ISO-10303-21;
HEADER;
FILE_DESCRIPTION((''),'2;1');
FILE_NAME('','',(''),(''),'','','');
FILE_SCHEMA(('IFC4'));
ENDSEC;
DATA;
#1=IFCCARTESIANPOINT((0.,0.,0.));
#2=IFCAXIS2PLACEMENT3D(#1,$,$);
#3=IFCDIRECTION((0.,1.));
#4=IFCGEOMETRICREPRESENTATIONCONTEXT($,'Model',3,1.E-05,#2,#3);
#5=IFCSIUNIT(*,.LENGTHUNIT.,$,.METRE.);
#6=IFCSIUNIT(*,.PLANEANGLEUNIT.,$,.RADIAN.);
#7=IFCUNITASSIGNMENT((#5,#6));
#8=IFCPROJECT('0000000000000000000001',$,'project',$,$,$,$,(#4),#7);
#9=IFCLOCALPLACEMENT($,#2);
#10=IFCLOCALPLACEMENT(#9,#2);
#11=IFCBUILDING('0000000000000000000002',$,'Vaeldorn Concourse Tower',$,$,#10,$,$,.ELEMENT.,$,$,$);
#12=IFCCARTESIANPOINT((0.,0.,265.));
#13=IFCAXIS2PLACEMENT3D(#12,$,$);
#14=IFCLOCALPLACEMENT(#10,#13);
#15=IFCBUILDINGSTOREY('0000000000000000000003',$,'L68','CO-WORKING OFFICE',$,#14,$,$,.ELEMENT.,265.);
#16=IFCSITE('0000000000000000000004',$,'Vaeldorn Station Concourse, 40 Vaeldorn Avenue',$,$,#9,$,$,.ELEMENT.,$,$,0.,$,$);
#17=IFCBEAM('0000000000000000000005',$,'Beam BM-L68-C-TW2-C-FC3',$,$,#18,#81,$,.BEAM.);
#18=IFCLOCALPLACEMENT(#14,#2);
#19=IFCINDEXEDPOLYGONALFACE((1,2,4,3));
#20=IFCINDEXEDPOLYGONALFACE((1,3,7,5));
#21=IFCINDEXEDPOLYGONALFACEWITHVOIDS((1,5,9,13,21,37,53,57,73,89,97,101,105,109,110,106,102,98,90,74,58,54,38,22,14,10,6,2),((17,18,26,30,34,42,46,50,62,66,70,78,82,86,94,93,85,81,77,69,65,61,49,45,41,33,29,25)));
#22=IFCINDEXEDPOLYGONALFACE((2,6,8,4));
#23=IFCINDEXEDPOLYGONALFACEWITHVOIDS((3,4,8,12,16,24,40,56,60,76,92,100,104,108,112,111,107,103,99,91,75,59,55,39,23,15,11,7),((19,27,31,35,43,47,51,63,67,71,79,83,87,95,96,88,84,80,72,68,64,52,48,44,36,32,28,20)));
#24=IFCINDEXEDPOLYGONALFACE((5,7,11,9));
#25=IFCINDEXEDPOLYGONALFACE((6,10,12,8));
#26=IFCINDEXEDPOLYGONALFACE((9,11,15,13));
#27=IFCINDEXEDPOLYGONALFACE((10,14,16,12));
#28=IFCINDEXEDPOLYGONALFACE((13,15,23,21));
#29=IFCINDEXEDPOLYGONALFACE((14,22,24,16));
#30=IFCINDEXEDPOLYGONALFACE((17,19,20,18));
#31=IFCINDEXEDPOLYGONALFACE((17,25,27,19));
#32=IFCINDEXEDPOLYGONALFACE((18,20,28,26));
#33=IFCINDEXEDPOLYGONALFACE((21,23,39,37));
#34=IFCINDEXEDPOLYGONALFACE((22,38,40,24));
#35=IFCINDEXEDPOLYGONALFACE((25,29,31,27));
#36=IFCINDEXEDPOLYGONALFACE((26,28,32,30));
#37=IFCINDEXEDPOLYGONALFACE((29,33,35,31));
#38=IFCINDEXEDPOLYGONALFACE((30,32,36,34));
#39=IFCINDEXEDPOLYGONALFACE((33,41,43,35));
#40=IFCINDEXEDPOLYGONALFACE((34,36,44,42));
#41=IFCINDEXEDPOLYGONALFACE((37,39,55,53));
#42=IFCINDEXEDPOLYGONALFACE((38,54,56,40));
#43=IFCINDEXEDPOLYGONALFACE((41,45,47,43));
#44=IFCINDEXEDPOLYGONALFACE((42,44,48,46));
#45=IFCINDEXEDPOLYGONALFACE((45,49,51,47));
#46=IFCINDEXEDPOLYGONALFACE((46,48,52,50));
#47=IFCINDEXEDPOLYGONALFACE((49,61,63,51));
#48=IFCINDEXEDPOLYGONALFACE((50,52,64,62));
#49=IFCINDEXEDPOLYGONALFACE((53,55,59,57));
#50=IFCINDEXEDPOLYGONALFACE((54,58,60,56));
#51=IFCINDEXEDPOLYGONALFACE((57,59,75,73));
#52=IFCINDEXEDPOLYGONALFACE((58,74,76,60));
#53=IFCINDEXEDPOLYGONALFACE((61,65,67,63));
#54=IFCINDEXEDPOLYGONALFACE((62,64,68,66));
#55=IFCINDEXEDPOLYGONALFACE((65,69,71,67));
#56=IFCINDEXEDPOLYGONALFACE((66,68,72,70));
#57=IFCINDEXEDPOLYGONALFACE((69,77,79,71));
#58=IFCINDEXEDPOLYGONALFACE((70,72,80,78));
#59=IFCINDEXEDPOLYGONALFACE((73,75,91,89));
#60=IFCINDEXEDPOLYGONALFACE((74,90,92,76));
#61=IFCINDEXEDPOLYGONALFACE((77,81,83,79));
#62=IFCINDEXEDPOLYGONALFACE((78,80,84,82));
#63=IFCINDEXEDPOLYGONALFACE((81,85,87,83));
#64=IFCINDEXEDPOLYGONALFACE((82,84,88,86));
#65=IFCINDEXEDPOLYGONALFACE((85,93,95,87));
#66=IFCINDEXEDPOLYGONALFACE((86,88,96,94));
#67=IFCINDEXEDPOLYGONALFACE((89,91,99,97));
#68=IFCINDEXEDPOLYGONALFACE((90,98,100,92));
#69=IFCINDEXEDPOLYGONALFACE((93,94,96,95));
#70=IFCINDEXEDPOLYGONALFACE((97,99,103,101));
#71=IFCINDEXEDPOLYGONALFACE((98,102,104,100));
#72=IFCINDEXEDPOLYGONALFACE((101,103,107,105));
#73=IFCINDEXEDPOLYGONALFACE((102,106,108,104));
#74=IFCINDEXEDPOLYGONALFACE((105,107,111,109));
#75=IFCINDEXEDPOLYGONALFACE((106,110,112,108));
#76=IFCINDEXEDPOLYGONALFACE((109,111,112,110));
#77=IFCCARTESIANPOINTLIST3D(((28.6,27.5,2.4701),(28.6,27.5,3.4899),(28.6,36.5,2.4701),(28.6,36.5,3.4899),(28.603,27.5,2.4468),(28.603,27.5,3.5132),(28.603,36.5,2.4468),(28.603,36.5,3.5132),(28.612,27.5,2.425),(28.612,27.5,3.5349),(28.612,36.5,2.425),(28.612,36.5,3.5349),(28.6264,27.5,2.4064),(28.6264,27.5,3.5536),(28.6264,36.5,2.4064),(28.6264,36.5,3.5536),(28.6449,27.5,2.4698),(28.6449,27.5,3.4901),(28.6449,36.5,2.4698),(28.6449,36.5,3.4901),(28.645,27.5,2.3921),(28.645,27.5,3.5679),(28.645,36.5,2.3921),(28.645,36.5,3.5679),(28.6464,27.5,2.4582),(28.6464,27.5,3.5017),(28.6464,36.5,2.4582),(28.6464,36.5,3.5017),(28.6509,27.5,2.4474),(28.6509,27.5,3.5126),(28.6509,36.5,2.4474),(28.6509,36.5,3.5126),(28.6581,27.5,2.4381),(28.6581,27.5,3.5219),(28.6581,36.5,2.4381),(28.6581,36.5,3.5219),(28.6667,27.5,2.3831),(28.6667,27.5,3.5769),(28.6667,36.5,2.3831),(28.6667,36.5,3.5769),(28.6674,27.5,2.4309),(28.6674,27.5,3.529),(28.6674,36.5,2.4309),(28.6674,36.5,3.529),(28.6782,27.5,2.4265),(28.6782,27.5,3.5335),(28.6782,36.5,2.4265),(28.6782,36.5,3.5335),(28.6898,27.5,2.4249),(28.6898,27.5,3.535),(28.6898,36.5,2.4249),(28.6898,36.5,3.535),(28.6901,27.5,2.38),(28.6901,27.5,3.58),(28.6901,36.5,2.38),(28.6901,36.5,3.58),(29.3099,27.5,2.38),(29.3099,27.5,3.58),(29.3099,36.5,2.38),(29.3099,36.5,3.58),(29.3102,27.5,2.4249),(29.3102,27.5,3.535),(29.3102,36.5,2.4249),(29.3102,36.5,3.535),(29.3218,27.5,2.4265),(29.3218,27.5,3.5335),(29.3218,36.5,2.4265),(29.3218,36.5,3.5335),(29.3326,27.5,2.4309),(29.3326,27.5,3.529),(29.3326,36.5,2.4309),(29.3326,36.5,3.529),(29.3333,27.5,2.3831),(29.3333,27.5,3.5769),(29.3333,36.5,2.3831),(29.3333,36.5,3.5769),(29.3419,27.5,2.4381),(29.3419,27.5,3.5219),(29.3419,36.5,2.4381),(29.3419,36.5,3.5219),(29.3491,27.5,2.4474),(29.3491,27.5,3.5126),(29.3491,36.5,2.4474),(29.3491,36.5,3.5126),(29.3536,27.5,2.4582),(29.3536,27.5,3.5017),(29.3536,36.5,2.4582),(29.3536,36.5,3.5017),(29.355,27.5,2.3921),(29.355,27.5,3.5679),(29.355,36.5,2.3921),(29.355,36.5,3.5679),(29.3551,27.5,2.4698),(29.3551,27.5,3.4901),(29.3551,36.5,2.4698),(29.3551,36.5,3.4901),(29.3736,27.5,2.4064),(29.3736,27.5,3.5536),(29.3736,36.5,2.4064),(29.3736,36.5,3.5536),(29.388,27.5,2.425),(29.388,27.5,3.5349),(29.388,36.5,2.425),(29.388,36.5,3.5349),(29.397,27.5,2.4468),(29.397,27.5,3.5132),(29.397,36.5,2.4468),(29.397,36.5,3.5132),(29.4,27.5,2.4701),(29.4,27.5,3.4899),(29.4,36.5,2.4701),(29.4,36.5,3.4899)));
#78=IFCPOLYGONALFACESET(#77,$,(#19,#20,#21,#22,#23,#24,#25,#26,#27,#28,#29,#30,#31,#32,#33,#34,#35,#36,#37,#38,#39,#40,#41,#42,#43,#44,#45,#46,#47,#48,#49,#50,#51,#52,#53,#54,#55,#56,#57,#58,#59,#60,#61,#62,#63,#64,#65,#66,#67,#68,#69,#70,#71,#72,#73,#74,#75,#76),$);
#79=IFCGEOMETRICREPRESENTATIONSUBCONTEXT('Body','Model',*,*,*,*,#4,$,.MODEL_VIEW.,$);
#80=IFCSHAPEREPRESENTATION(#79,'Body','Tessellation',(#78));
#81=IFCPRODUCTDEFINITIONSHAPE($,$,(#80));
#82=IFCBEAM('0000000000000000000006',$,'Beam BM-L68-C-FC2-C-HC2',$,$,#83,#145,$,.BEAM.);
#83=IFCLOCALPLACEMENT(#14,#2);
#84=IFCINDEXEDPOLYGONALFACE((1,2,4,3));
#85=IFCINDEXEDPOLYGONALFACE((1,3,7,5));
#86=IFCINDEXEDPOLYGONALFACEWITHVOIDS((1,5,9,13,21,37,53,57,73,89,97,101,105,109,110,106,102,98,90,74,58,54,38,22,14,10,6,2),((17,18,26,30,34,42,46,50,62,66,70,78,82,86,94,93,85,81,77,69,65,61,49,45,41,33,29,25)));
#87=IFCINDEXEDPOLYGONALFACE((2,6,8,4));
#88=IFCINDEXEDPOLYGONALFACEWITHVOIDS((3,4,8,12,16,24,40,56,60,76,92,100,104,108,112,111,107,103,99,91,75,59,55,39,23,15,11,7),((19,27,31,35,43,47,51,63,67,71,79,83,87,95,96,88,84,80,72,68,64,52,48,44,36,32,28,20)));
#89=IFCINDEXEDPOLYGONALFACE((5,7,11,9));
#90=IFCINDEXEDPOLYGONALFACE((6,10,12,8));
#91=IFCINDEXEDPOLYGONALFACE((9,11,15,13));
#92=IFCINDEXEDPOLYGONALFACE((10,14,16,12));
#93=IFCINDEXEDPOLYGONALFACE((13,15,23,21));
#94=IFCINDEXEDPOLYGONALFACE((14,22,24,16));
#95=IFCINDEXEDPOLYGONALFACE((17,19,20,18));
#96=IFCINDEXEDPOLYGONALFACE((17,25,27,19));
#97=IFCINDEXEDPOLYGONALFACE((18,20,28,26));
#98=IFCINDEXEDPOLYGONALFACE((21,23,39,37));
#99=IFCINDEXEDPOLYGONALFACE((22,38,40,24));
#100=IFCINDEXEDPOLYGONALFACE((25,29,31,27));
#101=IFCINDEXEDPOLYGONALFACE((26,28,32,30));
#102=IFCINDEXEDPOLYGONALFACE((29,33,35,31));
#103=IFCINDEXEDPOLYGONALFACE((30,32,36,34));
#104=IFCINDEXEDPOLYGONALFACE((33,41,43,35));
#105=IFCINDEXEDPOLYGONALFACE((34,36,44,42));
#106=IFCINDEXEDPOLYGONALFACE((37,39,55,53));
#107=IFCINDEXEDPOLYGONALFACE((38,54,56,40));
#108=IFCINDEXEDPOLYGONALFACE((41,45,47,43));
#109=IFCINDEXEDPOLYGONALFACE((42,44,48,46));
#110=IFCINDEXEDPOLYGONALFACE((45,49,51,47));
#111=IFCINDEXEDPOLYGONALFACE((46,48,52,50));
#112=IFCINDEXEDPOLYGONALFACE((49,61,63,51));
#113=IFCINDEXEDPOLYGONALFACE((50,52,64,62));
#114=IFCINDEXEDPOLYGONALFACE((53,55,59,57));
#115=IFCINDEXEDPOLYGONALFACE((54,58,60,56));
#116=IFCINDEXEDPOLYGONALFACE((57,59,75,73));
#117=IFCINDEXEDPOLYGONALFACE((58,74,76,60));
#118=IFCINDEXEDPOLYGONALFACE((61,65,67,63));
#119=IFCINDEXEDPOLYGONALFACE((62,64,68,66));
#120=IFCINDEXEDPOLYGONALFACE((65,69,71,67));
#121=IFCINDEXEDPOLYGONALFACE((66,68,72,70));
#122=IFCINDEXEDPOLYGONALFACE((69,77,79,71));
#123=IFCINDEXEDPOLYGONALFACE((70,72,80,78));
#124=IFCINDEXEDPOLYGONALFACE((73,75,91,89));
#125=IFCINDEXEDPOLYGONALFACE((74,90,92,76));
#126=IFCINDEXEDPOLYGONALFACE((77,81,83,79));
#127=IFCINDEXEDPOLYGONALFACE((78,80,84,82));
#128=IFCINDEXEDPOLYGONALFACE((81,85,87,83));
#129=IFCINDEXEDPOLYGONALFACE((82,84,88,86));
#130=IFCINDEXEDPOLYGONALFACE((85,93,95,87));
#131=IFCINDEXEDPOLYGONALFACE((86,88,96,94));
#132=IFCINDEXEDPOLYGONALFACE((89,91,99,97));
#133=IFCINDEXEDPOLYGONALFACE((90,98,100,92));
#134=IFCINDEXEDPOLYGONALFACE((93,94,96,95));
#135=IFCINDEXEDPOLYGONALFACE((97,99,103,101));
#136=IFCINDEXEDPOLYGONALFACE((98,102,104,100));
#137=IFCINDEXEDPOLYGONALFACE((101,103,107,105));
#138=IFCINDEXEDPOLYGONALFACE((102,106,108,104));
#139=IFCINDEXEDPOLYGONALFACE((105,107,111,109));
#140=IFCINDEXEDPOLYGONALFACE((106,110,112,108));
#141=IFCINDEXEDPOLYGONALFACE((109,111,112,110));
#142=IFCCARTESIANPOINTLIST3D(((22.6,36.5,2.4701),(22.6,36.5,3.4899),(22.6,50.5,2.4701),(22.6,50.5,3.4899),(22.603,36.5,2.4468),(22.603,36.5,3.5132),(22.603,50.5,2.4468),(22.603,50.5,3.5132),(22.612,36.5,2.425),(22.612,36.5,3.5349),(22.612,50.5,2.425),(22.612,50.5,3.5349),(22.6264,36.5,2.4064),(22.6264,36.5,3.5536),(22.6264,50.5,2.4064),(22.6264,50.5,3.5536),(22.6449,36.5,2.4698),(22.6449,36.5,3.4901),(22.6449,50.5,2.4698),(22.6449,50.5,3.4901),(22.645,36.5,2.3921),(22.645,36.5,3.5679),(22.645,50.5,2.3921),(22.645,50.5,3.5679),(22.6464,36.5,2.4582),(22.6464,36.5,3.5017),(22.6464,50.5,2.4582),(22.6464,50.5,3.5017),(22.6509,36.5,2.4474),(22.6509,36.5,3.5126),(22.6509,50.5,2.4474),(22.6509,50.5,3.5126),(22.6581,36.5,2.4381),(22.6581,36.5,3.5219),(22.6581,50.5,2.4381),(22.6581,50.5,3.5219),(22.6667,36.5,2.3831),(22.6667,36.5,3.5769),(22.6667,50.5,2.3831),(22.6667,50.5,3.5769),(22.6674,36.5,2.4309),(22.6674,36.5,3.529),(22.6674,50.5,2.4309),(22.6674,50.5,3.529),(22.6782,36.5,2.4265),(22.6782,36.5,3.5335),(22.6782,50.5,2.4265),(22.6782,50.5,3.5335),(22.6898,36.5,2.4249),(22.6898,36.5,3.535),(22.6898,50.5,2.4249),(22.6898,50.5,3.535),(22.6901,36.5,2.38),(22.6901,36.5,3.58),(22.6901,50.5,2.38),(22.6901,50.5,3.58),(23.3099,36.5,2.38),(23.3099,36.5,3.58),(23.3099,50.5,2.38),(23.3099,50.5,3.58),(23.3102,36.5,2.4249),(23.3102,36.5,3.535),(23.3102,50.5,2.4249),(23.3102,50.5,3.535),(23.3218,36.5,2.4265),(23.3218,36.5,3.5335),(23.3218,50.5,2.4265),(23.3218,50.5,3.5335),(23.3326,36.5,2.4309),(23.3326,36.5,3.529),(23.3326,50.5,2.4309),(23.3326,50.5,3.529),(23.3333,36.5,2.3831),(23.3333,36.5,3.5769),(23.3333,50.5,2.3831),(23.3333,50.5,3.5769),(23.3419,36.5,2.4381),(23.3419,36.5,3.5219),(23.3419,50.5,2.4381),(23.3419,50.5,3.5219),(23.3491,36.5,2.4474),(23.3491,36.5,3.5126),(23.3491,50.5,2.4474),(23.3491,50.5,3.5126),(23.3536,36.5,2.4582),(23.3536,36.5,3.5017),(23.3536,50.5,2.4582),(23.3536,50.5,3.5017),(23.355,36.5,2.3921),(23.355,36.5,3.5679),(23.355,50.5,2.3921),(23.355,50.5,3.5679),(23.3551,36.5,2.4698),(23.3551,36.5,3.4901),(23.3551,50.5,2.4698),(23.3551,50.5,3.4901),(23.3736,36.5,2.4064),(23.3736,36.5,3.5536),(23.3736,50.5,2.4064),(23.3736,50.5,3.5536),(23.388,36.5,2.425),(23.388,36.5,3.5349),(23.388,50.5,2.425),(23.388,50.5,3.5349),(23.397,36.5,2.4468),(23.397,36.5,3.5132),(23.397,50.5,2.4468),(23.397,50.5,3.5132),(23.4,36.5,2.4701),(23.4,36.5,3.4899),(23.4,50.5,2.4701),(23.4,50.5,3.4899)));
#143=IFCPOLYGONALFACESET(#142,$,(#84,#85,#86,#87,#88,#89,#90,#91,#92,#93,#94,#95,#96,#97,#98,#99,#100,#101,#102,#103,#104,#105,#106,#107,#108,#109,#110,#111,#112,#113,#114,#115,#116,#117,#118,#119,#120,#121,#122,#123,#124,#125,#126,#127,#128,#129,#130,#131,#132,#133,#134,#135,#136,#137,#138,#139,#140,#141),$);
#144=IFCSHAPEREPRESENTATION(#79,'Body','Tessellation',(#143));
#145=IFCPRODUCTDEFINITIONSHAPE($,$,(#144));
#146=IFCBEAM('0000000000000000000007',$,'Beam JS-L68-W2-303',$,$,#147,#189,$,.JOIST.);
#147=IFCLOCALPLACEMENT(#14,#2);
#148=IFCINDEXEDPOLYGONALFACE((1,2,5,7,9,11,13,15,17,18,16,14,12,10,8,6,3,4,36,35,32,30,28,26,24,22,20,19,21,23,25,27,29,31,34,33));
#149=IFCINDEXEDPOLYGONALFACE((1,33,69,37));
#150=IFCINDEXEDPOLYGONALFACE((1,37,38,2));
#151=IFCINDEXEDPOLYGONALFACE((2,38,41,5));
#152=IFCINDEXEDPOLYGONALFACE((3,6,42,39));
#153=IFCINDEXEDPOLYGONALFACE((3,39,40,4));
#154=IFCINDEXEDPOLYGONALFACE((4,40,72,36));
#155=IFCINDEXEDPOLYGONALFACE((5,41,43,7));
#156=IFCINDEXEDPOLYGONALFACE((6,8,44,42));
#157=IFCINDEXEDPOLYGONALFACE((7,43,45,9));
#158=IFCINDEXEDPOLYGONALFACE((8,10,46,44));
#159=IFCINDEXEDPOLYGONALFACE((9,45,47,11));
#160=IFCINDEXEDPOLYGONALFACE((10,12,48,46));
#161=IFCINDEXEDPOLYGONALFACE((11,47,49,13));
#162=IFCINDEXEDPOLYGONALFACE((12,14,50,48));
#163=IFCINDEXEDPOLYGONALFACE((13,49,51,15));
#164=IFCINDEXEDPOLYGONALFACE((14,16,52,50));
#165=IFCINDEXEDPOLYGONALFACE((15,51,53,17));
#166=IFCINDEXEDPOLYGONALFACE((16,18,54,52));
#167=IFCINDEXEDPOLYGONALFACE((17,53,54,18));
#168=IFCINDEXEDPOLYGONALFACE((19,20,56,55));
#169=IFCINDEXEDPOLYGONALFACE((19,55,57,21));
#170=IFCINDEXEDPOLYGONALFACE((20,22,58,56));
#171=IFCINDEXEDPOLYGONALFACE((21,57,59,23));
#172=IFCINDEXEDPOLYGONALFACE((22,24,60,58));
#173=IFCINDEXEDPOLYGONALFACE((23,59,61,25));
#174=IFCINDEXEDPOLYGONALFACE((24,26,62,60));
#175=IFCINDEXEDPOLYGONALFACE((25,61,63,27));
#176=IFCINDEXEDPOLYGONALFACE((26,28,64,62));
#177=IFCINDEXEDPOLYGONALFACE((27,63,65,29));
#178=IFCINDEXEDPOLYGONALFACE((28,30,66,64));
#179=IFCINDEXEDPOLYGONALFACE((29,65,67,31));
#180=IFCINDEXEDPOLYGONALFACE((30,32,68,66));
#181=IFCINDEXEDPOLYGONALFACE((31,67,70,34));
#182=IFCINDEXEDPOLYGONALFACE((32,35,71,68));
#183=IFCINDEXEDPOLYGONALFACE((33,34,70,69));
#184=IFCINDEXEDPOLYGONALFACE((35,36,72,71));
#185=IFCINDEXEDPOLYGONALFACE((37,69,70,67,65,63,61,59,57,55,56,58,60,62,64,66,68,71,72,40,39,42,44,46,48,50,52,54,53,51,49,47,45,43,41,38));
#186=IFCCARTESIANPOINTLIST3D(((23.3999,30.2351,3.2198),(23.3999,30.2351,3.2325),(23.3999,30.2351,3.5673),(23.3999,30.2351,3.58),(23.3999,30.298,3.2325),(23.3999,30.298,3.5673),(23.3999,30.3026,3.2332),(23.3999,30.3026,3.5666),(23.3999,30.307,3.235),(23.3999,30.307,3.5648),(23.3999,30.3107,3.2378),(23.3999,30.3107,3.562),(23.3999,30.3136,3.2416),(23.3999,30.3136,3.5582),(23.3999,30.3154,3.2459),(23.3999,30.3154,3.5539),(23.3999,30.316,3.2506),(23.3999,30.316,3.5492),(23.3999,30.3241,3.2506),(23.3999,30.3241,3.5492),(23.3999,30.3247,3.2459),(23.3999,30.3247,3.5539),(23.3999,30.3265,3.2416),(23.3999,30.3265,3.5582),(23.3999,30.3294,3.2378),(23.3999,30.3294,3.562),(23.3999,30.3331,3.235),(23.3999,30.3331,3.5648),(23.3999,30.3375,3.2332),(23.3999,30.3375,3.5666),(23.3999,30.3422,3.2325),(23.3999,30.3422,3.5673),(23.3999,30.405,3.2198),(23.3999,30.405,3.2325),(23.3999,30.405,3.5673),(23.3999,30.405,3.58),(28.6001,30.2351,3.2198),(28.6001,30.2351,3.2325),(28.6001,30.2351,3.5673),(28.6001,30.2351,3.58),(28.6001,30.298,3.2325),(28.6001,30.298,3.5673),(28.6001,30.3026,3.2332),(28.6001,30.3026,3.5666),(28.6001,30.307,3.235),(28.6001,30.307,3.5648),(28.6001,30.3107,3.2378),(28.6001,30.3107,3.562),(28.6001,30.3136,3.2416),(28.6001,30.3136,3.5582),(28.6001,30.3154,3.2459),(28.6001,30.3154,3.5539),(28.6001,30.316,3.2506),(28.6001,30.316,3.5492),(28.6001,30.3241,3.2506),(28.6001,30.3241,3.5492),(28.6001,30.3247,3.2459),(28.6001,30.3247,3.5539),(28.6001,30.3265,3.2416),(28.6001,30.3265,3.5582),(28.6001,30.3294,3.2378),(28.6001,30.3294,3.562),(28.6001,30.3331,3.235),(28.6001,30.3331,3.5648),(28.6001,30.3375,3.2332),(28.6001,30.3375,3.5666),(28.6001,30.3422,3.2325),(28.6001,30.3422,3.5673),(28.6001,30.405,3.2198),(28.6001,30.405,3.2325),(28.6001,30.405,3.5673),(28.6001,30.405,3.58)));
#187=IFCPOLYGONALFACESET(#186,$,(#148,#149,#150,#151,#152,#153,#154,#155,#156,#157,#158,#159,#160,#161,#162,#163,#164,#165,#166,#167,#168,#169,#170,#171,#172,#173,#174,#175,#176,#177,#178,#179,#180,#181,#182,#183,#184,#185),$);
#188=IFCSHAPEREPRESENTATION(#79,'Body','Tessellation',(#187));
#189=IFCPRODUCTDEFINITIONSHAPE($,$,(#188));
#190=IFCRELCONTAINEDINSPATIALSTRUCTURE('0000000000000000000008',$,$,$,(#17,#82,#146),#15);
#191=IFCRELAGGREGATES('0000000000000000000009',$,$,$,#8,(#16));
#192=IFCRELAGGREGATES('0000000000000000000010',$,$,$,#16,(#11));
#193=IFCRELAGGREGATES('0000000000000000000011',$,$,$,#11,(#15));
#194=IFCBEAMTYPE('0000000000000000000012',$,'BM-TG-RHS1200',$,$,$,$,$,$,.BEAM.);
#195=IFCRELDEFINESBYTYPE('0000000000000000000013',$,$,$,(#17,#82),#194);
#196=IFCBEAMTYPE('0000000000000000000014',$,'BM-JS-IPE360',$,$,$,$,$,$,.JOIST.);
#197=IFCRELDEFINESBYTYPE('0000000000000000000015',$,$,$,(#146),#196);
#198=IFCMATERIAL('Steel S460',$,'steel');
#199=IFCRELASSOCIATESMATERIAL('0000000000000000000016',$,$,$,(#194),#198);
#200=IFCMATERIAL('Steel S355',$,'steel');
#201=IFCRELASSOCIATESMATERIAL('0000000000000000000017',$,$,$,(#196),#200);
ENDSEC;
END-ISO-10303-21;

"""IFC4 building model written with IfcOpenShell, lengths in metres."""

from ifc_helpers import new_model, si_unit, direction, frame, origin, origin_2d, place, context, subcontext, project, spatial, hollow_rectangle, i_section, extrude, source, transform, mapped, material, material_profile, profile_set, type_object, element, save


model = new_model("IFC4")

# Units and contexts
model_context = context("Model", 3, precision=1e-05, world=origin(), true_north=direction((0.0, 1.0)))
body_context = subcontext(model_context, "Body", "Model", "MODEL_VIEW")
ifc_project = project(units=[si_unit("LENGTHUNIT", "METRE"), si_unit("PLANEANGLEUNIT", "RADIAN")], contexts=[model_context])

# Site, building, storey
site_placement = place(None, origin())
site = spatial("IfcSite", under=ifc_project, at=site_placement, Name="Vaeldorn Station Concourse, 40 Vaeldorn Avenue", CompositionType="ELEMENT", RefElevation=0.0)
building_placement = place(site_placement, origin())
building = spatial("IfcBuilding", under=site, at=building_placement, Name="Vaeldorn Concourse Tower", CompositionType="ELEMENT")
storey_placement = place(building_placement, frame((0.0, 0.0, 265.0)))
storey = spatial("IfcBuildingStorey", under=building, at=storey_placement, Name="L68", Description="CO-WORKING OFFICE", CompositionType="ELEMENT", Elevation=265.0)

# Shared definitions
ifc_material_1 = material(Name="Steel S460", Category="steel")

# Beams
ifc_material_profile_1 = material_profile(ifc_material_1, hollow_rectangle(XDim=0.8, YDim=1.2, WallThickness=0.0449, InnerFilletRadius=0.0449, OuterFilletRadius=0.0901, at=origin_2d()), Name="RHS 1200x800x45")
ifc_profile_set_1 = profile_set([ifc_material_profile_1], Name="Steel S460")
beam_type_1 = type_object("IfcBeamType", Name="BM-TG-RHS1200", PredefinedType="BEAM", material=ifc_profile_set_1)
shared_shape_1 = source(origin(), body_context, "Body", "SweptSolid", [
    extrude(hollow_rectangle(XDim=0.8, YDim=1.2, WallThickness=0.0449, InnerFilletRadius=0.0449, OuterFilletRadius=0.0901, at=origin_2d()), origin(), (0.0, 0.0, 1.0), 9.0),
])
beam_1_placement = place(storey_placement, frame((29.0, 27.5, 2.98), z_axis=(0.0, 1.0, 0.0), x_axis=(-1.0, 0.0, 0.0)))
element("IfcBeam", 1, at=beam_1_placement, inside=storey, type_object=beam_type_1, Name="Beam BM-L68-C-TW2-C-FC3", PredefinedType="BEAM", context=body_context, shape_type="MappedRepresentation", body=[
    mapped(shared_shape_1, transform((0.0, 0.0, 0.0), scale=1.0)),
])
shared_shape_2 = source(origin(), body_context, "Body", "SweptSolid", [
    extrude(hollow_rectangle(XDim=0.8, YDim=1.2, WallThickness=0.0449, InnerFilletRadius=0.0449, OuterFilletRadius=0.0901, at=origin_2d()), origin(), (0.0, 0.0, 1.0), 14.0),
])
beam_2_placement = place(storey_placement, frame((23.0, 36.5, 2.98), z_axis=(0.0, 1.0, 0.0), x_axis=(-1.0, 0.0, 0.0)))
element("IfcBeam", 2, at=beam_2_placement, inside=storey, type_object=beam_type_1, Name="Beam BM-L68-C-FC2-C-HC2", PredefinedType="BEAM", context=body_context, shape_type="MappedRepresentation", body=[
    mapped(shared_shape_2, transform((0.0, 0.0, 0.0), scale=1.0)),
])
ifc_material_2 = material(Name="Steel S355", Category="steel")
ifc_material_profile_2 = material_profile(ifc_material_2, i_section(OverallWidth=0.1699, OverallDepth=0.3601, WebThickness=0.0081, FlangeThickness=0.0127, FilletRadius=0.0181, at=origin_2d()), Name="IPE 360")
ifc_profile_set_2 = profile_set([ifc_material_profile_2], Name="Steel S355")
beam_type_2 = type_object("IfcBeamType", Name="BM-JS-IPE360", PredefinedType="JOIST", material=ifc_profile_set_2)
shared_shape_3 = source(origin(), body_context, "Body", "SweptSolid", [
    extrude(i_section(OverallWidth=0.1699, OverallDepth=0.3601, WebThickness=0.0081, FlangeThickness=0.0127, FilletRadius=0.0181, at=origin_2d()), origin(), (0.0, 0.0, 1.0), 5.2002),
])
for number, where, z_axis, x_axis, name in (
    (3, (23.3999, 30.3201, 3.3999), (1.0, 0.0, 0.0), (0.0, 1.0, 0.0), "Beam JS-L68-W2-303"),
):
    element("IfcBeam", number, at=place(storey_placement, frame(where, z_axis=z_axis, x_axis=x_axis)), inside=storey, type_object=beam_type_2, Name=name, PredefinedType="JOIST", context=body_context, shape_type="MappedRepresentation", body=[
        mapped(shared_shape_3, transform((0.0, 0.0, 0.0), scale=1.0)),
    ])

save(model, "model.ifc")
